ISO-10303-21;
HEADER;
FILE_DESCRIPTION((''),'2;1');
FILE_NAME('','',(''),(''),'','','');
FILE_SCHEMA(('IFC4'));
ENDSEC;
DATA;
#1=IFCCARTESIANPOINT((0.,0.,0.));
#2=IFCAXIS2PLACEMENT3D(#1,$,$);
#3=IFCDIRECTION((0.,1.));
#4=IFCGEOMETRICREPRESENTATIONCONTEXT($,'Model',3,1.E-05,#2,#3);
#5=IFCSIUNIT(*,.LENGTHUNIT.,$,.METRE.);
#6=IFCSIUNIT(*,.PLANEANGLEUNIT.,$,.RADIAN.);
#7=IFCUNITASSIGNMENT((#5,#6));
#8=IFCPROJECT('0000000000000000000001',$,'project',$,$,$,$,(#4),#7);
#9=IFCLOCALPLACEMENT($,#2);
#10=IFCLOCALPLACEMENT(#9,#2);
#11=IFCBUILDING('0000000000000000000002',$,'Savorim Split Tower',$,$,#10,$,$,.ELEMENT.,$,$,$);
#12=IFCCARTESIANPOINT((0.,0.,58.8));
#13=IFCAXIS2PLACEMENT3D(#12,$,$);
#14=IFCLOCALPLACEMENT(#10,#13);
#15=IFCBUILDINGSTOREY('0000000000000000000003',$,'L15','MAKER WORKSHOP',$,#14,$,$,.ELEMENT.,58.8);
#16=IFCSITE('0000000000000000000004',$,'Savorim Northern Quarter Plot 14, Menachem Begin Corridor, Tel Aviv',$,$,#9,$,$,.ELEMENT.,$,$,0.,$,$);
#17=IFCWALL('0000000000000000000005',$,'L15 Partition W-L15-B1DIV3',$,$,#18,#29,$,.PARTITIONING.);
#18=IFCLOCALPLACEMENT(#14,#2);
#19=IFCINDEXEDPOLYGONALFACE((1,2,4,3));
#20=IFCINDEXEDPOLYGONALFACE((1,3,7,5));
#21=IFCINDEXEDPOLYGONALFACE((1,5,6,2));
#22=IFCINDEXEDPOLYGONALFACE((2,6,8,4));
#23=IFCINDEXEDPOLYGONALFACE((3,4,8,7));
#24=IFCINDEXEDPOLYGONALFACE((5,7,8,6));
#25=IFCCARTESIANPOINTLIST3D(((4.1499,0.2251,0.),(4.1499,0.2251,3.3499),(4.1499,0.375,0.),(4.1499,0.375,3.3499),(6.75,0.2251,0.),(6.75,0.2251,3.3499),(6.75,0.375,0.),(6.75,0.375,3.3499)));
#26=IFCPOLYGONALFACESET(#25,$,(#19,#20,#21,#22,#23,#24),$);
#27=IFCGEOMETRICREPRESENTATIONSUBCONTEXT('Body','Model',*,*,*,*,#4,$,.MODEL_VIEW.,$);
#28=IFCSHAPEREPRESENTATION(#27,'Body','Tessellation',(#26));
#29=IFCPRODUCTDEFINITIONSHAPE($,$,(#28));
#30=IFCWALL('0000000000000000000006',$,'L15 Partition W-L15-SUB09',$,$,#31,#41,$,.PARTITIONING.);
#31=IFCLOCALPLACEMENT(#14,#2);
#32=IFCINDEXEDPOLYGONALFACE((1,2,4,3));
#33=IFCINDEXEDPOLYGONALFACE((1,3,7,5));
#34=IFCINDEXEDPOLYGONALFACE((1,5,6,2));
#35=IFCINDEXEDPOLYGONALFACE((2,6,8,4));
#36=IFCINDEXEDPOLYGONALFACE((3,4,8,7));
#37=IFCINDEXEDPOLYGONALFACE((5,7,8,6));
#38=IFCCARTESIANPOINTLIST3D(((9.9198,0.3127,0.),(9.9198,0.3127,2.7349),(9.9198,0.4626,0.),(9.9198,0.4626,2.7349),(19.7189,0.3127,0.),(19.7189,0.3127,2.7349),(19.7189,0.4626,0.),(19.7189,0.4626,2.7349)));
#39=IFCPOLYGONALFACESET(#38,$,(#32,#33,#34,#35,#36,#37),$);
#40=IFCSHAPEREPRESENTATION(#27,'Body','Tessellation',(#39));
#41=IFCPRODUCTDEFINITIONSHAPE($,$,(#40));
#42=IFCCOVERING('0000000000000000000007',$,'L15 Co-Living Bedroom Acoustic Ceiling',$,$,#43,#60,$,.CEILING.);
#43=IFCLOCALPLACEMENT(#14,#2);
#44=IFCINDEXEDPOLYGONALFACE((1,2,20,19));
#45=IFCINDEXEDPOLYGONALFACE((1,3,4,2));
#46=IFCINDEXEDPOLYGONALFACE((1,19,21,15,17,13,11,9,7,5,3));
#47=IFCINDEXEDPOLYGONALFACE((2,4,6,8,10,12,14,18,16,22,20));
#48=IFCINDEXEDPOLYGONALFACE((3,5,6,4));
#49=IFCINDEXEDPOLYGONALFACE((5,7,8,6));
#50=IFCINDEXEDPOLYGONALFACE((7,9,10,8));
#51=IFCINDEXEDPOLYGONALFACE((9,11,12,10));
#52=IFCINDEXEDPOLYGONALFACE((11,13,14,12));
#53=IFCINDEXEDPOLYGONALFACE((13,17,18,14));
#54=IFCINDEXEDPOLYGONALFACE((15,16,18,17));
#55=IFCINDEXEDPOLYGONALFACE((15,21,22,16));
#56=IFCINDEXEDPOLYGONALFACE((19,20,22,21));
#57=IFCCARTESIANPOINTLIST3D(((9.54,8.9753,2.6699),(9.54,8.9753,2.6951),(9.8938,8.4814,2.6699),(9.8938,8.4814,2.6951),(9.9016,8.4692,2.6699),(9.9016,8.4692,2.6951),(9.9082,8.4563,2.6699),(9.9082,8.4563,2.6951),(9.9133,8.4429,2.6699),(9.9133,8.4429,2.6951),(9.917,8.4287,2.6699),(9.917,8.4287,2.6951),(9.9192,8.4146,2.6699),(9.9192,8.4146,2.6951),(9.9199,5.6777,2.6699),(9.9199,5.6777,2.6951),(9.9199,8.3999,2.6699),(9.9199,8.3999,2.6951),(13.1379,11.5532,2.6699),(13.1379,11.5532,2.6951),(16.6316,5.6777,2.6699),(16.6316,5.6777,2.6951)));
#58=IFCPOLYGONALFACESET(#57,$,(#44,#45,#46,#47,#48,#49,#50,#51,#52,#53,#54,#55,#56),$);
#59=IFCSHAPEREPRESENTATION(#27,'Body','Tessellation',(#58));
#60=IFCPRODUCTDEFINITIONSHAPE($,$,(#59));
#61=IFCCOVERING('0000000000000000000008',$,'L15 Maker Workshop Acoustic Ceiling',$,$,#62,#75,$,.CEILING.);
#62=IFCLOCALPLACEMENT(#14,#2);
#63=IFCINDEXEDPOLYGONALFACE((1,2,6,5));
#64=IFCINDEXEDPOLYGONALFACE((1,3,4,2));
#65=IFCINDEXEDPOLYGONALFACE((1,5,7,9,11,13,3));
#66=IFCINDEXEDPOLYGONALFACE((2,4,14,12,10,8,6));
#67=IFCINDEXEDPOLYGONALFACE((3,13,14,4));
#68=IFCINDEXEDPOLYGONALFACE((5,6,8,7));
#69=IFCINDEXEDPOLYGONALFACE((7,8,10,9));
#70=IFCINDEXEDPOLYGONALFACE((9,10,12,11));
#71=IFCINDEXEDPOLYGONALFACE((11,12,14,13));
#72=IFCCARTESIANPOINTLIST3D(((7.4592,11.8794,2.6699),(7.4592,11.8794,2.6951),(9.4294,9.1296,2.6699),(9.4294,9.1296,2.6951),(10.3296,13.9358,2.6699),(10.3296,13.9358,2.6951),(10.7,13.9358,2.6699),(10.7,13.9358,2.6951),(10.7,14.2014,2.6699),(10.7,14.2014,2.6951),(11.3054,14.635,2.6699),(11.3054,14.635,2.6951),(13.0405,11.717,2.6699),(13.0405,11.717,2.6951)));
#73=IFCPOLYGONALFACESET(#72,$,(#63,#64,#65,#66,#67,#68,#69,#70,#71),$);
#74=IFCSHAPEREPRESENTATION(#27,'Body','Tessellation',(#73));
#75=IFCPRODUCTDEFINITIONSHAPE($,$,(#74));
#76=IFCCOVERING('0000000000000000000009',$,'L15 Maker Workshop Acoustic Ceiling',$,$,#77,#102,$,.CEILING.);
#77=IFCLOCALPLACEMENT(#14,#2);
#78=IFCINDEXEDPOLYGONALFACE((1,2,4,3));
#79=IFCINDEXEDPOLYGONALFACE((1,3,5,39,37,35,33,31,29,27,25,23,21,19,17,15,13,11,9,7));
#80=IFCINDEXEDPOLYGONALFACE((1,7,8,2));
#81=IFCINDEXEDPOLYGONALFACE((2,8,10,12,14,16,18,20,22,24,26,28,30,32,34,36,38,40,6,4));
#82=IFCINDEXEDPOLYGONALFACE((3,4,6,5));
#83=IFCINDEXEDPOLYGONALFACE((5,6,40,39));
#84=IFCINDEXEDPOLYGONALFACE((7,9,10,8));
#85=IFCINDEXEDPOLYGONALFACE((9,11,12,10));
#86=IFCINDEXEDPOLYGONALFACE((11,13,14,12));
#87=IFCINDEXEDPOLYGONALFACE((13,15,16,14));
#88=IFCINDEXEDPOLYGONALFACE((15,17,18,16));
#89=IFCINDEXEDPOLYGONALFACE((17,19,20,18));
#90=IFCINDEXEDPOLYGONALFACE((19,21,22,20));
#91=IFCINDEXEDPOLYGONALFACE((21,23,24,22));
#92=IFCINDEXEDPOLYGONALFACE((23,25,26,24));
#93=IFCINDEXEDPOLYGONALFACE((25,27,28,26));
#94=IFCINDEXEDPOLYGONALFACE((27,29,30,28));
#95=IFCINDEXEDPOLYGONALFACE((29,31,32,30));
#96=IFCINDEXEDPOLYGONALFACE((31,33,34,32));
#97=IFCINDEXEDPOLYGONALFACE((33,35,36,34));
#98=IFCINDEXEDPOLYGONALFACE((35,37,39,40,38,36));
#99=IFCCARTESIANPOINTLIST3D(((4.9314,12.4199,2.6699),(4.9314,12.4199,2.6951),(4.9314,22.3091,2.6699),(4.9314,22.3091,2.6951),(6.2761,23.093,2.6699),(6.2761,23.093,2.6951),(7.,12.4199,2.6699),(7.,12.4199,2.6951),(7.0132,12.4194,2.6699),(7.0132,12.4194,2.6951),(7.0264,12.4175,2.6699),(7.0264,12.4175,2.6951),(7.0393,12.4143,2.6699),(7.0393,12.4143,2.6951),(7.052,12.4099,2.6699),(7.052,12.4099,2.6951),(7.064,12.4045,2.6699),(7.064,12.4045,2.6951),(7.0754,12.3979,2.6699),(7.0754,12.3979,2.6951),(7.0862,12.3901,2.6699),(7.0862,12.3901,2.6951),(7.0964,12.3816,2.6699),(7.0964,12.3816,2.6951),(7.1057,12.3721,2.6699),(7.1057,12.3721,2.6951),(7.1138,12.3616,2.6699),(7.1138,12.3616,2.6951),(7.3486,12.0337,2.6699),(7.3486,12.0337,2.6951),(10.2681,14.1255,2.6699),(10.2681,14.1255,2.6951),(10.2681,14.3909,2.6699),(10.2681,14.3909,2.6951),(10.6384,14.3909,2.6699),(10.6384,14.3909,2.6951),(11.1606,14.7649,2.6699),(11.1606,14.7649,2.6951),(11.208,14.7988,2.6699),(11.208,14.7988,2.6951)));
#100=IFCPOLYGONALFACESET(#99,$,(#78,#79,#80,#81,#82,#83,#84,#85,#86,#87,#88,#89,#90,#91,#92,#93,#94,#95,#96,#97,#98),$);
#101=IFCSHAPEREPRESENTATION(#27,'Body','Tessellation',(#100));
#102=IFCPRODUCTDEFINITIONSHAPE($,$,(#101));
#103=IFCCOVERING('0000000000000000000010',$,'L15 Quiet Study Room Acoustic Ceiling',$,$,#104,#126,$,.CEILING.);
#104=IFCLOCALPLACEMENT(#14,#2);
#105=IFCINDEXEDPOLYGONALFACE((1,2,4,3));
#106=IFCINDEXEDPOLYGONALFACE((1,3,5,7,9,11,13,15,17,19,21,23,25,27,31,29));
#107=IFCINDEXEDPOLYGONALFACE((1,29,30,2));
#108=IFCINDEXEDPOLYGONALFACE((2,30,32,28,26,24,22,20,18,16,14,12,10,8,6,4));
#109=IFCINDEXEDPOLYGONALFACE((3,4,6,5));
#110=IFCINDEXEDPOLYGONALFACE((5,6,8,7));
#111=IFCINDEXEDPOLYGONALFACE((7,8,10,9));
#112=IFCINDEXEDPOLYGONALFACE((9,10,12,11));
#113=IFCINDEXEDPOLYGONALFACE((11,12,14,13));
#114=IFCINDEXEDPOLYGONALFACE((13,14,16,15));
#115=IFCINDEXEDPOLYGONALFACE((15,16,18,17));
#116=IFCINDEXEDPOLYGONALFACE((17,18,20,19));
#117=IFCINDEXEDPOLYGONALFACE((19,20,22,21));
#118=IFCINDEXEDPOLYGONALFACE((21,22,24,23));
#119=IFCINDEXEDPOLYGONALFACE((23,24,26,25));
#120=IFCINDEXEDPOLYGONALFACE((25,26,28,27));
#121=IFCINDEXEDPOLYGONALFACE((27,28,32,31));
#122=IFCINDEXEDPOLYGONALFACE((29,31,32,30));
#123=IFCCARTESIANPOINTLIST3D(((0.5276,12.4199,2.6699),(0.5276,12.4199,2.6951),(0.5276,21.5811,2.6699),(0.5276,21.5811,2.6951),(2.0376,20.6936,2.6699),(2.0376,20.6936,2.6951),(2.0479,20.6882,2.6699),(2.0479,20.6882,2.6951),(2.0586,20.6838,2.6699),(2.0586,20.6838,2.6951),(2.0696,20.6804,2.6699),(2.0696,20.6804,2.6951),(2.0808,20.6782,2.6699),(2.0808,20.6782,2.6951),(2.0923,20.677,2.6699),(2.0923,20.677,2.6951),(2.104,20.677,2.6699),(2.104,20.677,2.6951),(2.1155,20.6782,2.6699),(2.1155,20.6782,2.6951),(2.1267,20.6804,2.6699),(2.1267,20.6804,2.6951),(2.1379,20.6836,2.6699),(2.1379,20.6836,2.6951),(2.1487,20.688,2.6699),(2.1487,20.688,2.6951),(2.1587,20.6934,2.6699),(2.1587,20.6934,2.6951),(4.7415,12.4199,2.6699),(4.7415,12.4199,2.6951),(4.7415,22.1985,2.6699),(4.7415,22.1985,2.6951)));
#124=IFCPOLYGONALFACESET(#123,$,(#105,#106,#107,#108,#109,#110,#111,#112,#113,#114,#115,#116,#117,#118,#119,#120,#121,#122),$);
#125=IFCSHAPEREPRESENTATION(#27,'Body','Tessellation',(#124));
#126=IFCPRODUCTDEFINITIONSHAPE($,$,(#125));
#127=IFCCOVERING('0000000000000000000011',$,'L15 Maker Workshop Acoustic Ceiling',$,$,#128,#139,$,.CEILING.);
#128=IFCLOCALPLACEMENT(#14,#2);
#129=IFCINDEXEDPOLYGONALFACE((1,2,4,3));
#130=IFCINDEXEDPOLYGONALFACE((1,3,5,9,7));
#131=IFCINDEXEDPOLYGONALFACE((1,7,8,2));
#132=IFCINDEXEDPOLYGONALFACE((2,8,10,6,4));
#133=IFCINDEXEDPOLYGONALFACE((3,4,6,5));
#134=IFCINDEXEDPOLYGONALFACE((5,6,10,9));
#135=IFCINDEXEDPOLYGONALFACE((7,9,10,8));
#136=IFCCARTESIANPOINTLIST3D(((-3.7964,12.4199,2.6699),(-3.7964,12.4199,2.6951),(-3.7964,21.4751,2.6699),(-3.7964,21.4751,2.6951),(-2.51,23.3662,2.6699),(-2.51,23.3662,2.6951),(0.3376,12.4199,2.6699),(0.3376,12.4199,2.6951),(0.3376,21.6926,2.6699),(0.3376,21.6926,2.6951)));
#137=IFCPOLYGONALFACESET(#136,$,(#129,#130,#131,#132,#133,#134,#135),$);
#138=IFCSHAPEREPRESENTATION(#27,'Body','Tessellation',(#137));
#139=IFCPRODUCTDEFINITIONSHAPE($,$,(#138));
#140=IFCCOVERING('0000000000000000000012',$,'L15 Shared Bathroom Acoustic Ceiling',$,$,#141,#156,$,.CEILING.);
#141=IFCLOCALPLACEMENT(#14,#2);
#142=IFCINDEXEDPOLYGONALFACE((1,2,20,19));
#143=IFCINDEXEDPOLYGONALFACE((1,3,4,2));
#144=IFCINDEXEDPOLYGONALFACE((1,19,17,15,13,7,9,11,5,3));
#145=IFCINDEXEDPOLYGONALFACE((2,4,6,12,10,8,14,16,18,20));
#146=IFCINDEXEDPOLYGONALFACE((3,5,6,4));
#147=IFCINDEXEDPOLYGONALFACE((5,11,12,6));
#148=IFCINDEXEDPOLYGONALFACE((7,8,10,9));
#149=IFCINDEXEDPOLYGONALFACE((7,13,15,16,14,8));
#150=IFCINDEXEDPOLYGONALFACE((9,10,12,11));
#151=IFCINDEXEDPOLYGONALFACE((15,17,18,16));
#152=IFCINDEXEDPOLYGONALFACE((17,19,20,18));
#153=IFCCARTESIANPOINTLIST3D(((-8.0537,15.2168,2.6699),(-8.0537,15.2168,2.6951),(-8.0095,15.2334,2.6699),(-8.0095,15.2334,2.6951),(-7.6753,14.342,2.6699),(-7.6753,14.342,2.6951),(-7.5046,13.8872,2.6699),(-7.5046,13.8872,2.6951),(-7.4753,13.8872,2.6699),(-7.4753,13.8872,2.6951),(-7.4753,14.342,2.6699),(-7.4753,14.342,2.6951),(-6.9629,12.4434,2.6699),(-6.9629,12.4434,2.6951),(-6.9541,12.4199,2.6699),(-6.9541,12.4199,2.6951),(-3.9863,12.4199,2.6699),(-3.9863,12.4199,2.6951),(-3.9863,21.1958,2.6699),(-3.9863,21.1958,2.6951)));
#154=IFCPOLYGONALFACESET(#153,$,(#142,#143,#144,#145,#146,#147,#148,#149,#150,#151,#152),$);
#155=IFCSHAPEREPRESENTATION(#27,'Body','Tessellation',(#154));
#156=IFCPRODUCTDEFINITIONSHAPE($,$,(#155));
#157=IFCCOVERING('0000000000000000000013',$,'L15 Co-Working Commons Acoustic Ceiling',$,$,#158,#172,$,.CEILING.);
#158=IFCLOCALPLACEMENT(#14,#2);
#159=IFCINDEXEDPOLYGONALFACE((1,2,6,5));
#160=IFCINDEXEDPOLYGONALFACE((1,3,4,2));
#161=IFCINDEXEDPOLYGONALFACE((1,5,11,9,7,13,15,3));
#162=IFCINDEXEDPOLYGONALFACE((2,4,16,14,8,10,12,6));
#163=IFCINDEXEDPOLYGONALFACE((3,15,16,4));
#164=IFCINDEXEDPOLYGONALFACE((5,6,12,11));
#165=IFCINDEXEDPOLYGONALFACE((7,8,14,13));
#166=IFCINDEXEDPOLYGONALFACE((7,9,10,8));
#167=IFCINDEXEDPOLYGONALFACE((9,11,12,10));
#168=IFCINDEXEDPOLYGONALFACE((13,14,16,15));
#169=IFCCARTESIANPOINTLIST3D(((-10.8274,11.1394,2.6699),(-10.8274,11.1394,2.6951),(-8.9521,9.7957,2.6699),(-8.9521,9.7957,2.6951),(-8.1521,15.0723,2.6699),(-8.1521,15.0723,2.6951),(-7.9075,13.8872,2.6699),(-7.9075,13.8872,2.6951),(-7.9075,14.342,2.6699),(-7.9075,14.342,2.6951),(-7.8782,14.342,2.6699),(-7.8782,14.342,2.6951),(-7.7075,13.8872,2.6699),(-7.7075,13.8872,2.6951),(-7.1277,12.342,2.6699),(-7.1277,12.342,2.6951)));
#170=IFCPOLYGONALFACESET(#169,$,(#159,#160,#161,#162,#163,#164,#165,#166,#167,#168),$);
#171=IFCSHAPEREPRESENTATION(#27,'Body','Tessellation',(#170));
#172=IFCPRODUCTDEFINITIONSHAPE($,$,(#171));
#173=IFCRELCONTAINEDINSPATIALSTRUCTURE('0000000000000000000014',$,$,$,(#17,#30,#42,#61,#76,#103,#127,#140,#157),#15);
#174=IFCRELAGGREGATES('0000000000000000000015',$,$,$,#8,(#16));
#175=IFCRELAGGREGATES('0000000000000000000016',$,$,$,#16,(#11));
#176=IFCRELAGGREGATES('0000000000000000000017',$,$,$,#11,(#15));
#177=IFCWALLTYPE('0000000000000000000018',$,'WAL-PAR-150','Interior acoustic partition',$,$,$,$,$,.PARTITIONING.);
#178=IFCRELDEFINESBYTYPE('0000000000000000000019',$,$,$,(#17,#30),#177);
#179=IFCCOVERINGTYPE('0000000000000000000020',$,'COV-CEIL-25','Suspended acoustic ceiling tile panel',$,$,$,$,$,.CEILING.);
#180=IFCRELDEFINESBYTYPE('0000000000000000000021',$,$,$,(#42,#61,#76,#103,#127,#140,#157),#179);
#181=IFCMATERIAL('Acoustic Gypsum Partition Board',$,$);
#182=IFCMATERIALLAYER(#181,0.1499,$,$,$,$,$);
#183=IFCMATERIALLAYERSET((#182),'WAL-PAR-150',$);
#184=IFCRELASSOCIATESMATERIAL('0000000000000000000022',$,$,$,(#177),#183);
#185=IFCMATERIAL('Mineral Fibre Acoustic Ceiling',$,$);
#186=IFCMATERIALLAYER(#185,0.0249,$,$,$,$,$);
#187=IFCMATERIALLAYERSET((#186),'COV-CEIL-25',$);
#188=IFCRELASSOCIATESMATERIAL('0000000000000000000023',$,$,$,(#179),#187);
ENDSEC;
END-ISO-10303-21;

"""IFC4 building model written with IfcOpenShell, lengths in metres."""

from ifc_helpers import new_model, si_unit, direction, frame, frame_2d, origin, place, context, subcontext, project, spatial, polyline, rectangle, outline, extrude, material, layer, layer_set, type_object, element, save


model = new_model("IFC4")

# Units and contexts
model_context = context("Model", 3, precision=1e-05, world=origin(), true_north=direction((0.0, 1.0)))
body_context = subcontext(model_context, "Body", "Model", "MODEL_VIEW")
ifc_project = project(units=[si_unit("LENGTHUNIT", "METRE"), si_unit("PLANEANGLEUNIT", "RADIAN")], contexts=[model_context])

# Site, building, storey
site_placement = place(None, origin())
site = spatial("IfcSite", under=ifc_project, at=site_placement, Name="Savorim Northern Quarter Plot 14, Menachem Begin Corridor, Tel Aviv", CompositionType="ELEMENT", RefElevation=0.0)
building_placement = place(site_placement, origin())
building = spatial("IfcBuilding", under=site, at=building_placement, Name="Savorim Split Tower", CompositionType="ELEMENT")
storey_placement = place(building_placement, frame((0.0, 0.0, 58.8)))
storey = spatial("IfcBuildingStorey", under=building, at=storey_placement, Name="L15", Description="MAKER WORKSHOP", CompositionType="ELEMENT", Elevation=58.8)

# Walls
ifc_material_1 = material(Name="Acoustic Gypsum Partition Board")
ifc_layer_1 = layer(ifc_material_1, 0.1499)
ifc_layer_set_1 = layer_set([ifc_layer_1], Name="WAL-PAR-150")
wall_type = type_object("IfcWallType", Name="WAL-PAR-150", Description="Interior acoustic partition", PredefinedType="PARTITIONING", material=ifc_layer_set_1)
wall_1_placement = place(storey_placement, frame((4.1499, 0.3, 0.0), z_axis=(0.0, 0.0, 1.0), x_axis=(1.0, 0.0, 0.0)))
element("IfcWall", 1, at=wall_1_placement, inside=storey, type_object=wall_type, Name="L15 Partition W-L15-B1DIV3", PredefinedType="PARTITIONING", context=body_context, shape_type="SweptSolid", body=[
    extrude(rectangle(XDim=2.6001, YDim=0.1499, at=frame_2d((1.3, 0.0))), origin(), (0.0, 0.0, 1.0), 3.3499),
])
wall_2_placement = place(storey_placement, frame((9.9199, 0.3877, 0.0), z_axis=(0.0, 0.0, 1.0), x_axis=(1.0, 0.0, 0.0)))
element("IfcWall", 2, at=wall_2_placement, inside=storey, type_object=wall_type, Name="L15 Partition W-L15-SUB09", PredefinedType="PARTITIONING", context=body_context, shape_type="SweptSolid", body=[
    extrude(rectangle(XDim=9.7991, YDim=0.1499, at=frame_2d((4.8994, 0.0))), origin(), (0.0, 0.0, 1.0), 2.7349),
])

# Coverings
ifc_material_2 = material(Name="Mineral Fibre Acoustic Ceiling")
ifc_layer_2 = layer(ifc_material_2, 0.0249)
ifc_layer_set_2 = layer_set([ifc_layer_2], Name="COV-CEIL-25")
covering_type_1 = type_object("IfcCoveringType", Name="COV-CEIL-25", Description="Suspended acoustic ceiling tile panel", PredefinedType="CEILING", material=ifc_layer_set_2)
covering_1_placement = place(storey_placement, frame((0.0, 0.0, 2.6699)))
element("IfcCovering", 3, at=covering_1_placement, inside=storey, type_object=covering_type_1, Name="L15 Co-Living Bedroom Acoustic Ceiling", PredefinedType="CEILING", context=body_context, shape_type="SweptSolid", body=[
    extrude(outline(polyline([(9.917, 8.4287), (9.9192, 8.4146), (9.9199, 8.3999), (9.9199, 5.6777), (16.6316, 5.6777), (13.1379, 11.5532), (9.54, 8.9753), (9.8938, 8.4814), (9.9016, 8.4692), (9.9082, 8.4563), (9.9133, 8.4429), (9.917, 8.4287)])), origin(), (0.0, 0.0, 1.0), 0.0251),
])
covering_2_placement = place(storey_placement, frame((0.0, 0.0, 2.6699)))
element("IfcCovering", 4, at=covering_2_placement, inside=storey, type_object=covering_type_1, Name="L15 Maker Workshop Acoustic Ceiling", PredefinedType="CEILING", context=body_context, shape_type="SweptSolid", body=[
    extrude(outline(polyline([(10.3296, 13.9358), (7.4592, 11.8794), (7.4592, 11.8794), (9.4294, 9.1296), (13.0405, 11.717), (11.3054, 14.635), (10.7, 14.2014), (10.7, 13.9358), (10.3296, 13.9358)])), origin(), (0.0, 0.0, 1.0), 0.0251),
])
covering_3_placement = place(storey_placement, frame((0.0, 0.0, 2.6699)))
element("IfcCovering", 5, at=covering_3_placement, inside=storey, type_object=covering_type_1, Name="L15 Maker Workshop Acoustic Ceiling", PredefinedType="CEILING", context=body_context, shape_type="SweptSolid", body=[
    extrude(outline(polyline([(11.1606, 14.7649), (11.208, 14.7988), (6.2761, 23.093), (4.9314, 22.3091), (4.9314, 12.4199), (7.0, 12.4199), (7.0132, 12.4194), (7.0264, 12.4175), (7.0393, 12.4143), (7.052, 12.4099), (7.064, 12.4045), (7.0754, 12.3979), (7.0862, 12.3901), (7.0964, 12.3816), (7.1057, 12.3721), (7.1138, 12.3616), (7.3486, 12.0337), (10.2681, 14.1255), (10.2681, 14.3909), (10.6384, 14.3909), (11.1606, 14.7649)])), origin(), (0.0, 0.0, 1.0), 0.0251),
])
covering_4_placement = place(storey_placement, frame((0.0, 0.0, 2.6699)))
element("IfcCovering", 6, at=covering_4_placement, inside=storey, type_object=covering_type_1, Name="L15 Quiet Study Room Acoustic Ceiling", PredefinedType="CEILING", context=body_context, shape_type="SweptSolid", body=[
    extrude(outline(polyline([(2.0586, 20.6838), (2.0479, 20.6882), (2.0376, 20.6936), (0.5276, 21.5811), (0.5276, 12.4199), (4.7415, 12.4199), (4.7415, 22.1985), (2.1587, 20.6934), (2.1487, 20.688), (2.1379, 20.6836), (2.1267, 20.6804), (2.1155, 20.6782), (2.104, 20.677), (2.0923, 20.677), (2.0808, 20.6782), (2.0696, 20.6804), (2.0586, 20.6838)])), origin(), (0.0, 0.0, 1.0), 0.0251),
])
covering_5_placement = place(storey_placement, frame((0.0, 0.0, 2.6699)))
element("IfcCovering", 7, at=covering_5_placement, inside=storey, type_object=covering_type_1, Name="L15 Maker Workshop Acoustic Ceiling", PredefinedType="CEILING", context=body_context, shape_type="SweptSolid", body=[
    extrude(outline(polyline([(-3.7964, 12.4199), (0.3376, 12.4199), (0.3376, 21.6926), (-2.51, 23.3662), (-3.7964, 21.4751), (-3.7964, 12.4199)])), origin(), (0.0, 0.0, 1.0), 0.0251),
])
covering_6_placement = place(storey_placement, frame((0.0, 0.0, 2.6699)))
element("IfcCovering", 8, at=covering_6_placement, inside=storey, type_object=covering_type_1, Name="L15 Shared Bathroom Acoustic Ceiling", PredefinedType="CEILING", context=body_context, shape_type="SweptSolid", body=[
    extrude(outline(polyline([(-7.5046, 13.8872), (-6.9629, 12.4434), (-6.9541, 12.4199), (-3.9863, 12.4199), (-3.9863, 21.1958), (-8.0537, 15.2168), (-8.0095, 15.2334), (-7.6753, 14.342), (-7.4753, 14.342), (-7.4753, 13.8872), (-7.5046, 13.8872)])), origin(), (0.0, 0.0, 1.0), 0.0251),
])
covering_7_placement = place(storey_placement, frame((0.0, 0.0, 2.6699)))
element("IfcCovering", 9, at=covering_7_placement, inside=storey, type_object=covering_type_1, Name="L15 Co-Working Commons Acoustic Ceiling", PredefinedType="CEILING", context=body_context, shape_type="SweptSolid", body=[
    extrude(outline(polyline([(-10.8274, 11.1394), (-8.9521, 9.7957), (-7.1277, 12.342), (-7.7075, 13.8872), (-7.9075, 13.8872), (-7.9075, 14.342), (-7.8782, 14.342), (-8.1521, 15.0723), (-10.8274, 11.1394)])), origin(), (0.0, 0.0, 1.0), 0.0251),
])

save(model, "model.ifc")
